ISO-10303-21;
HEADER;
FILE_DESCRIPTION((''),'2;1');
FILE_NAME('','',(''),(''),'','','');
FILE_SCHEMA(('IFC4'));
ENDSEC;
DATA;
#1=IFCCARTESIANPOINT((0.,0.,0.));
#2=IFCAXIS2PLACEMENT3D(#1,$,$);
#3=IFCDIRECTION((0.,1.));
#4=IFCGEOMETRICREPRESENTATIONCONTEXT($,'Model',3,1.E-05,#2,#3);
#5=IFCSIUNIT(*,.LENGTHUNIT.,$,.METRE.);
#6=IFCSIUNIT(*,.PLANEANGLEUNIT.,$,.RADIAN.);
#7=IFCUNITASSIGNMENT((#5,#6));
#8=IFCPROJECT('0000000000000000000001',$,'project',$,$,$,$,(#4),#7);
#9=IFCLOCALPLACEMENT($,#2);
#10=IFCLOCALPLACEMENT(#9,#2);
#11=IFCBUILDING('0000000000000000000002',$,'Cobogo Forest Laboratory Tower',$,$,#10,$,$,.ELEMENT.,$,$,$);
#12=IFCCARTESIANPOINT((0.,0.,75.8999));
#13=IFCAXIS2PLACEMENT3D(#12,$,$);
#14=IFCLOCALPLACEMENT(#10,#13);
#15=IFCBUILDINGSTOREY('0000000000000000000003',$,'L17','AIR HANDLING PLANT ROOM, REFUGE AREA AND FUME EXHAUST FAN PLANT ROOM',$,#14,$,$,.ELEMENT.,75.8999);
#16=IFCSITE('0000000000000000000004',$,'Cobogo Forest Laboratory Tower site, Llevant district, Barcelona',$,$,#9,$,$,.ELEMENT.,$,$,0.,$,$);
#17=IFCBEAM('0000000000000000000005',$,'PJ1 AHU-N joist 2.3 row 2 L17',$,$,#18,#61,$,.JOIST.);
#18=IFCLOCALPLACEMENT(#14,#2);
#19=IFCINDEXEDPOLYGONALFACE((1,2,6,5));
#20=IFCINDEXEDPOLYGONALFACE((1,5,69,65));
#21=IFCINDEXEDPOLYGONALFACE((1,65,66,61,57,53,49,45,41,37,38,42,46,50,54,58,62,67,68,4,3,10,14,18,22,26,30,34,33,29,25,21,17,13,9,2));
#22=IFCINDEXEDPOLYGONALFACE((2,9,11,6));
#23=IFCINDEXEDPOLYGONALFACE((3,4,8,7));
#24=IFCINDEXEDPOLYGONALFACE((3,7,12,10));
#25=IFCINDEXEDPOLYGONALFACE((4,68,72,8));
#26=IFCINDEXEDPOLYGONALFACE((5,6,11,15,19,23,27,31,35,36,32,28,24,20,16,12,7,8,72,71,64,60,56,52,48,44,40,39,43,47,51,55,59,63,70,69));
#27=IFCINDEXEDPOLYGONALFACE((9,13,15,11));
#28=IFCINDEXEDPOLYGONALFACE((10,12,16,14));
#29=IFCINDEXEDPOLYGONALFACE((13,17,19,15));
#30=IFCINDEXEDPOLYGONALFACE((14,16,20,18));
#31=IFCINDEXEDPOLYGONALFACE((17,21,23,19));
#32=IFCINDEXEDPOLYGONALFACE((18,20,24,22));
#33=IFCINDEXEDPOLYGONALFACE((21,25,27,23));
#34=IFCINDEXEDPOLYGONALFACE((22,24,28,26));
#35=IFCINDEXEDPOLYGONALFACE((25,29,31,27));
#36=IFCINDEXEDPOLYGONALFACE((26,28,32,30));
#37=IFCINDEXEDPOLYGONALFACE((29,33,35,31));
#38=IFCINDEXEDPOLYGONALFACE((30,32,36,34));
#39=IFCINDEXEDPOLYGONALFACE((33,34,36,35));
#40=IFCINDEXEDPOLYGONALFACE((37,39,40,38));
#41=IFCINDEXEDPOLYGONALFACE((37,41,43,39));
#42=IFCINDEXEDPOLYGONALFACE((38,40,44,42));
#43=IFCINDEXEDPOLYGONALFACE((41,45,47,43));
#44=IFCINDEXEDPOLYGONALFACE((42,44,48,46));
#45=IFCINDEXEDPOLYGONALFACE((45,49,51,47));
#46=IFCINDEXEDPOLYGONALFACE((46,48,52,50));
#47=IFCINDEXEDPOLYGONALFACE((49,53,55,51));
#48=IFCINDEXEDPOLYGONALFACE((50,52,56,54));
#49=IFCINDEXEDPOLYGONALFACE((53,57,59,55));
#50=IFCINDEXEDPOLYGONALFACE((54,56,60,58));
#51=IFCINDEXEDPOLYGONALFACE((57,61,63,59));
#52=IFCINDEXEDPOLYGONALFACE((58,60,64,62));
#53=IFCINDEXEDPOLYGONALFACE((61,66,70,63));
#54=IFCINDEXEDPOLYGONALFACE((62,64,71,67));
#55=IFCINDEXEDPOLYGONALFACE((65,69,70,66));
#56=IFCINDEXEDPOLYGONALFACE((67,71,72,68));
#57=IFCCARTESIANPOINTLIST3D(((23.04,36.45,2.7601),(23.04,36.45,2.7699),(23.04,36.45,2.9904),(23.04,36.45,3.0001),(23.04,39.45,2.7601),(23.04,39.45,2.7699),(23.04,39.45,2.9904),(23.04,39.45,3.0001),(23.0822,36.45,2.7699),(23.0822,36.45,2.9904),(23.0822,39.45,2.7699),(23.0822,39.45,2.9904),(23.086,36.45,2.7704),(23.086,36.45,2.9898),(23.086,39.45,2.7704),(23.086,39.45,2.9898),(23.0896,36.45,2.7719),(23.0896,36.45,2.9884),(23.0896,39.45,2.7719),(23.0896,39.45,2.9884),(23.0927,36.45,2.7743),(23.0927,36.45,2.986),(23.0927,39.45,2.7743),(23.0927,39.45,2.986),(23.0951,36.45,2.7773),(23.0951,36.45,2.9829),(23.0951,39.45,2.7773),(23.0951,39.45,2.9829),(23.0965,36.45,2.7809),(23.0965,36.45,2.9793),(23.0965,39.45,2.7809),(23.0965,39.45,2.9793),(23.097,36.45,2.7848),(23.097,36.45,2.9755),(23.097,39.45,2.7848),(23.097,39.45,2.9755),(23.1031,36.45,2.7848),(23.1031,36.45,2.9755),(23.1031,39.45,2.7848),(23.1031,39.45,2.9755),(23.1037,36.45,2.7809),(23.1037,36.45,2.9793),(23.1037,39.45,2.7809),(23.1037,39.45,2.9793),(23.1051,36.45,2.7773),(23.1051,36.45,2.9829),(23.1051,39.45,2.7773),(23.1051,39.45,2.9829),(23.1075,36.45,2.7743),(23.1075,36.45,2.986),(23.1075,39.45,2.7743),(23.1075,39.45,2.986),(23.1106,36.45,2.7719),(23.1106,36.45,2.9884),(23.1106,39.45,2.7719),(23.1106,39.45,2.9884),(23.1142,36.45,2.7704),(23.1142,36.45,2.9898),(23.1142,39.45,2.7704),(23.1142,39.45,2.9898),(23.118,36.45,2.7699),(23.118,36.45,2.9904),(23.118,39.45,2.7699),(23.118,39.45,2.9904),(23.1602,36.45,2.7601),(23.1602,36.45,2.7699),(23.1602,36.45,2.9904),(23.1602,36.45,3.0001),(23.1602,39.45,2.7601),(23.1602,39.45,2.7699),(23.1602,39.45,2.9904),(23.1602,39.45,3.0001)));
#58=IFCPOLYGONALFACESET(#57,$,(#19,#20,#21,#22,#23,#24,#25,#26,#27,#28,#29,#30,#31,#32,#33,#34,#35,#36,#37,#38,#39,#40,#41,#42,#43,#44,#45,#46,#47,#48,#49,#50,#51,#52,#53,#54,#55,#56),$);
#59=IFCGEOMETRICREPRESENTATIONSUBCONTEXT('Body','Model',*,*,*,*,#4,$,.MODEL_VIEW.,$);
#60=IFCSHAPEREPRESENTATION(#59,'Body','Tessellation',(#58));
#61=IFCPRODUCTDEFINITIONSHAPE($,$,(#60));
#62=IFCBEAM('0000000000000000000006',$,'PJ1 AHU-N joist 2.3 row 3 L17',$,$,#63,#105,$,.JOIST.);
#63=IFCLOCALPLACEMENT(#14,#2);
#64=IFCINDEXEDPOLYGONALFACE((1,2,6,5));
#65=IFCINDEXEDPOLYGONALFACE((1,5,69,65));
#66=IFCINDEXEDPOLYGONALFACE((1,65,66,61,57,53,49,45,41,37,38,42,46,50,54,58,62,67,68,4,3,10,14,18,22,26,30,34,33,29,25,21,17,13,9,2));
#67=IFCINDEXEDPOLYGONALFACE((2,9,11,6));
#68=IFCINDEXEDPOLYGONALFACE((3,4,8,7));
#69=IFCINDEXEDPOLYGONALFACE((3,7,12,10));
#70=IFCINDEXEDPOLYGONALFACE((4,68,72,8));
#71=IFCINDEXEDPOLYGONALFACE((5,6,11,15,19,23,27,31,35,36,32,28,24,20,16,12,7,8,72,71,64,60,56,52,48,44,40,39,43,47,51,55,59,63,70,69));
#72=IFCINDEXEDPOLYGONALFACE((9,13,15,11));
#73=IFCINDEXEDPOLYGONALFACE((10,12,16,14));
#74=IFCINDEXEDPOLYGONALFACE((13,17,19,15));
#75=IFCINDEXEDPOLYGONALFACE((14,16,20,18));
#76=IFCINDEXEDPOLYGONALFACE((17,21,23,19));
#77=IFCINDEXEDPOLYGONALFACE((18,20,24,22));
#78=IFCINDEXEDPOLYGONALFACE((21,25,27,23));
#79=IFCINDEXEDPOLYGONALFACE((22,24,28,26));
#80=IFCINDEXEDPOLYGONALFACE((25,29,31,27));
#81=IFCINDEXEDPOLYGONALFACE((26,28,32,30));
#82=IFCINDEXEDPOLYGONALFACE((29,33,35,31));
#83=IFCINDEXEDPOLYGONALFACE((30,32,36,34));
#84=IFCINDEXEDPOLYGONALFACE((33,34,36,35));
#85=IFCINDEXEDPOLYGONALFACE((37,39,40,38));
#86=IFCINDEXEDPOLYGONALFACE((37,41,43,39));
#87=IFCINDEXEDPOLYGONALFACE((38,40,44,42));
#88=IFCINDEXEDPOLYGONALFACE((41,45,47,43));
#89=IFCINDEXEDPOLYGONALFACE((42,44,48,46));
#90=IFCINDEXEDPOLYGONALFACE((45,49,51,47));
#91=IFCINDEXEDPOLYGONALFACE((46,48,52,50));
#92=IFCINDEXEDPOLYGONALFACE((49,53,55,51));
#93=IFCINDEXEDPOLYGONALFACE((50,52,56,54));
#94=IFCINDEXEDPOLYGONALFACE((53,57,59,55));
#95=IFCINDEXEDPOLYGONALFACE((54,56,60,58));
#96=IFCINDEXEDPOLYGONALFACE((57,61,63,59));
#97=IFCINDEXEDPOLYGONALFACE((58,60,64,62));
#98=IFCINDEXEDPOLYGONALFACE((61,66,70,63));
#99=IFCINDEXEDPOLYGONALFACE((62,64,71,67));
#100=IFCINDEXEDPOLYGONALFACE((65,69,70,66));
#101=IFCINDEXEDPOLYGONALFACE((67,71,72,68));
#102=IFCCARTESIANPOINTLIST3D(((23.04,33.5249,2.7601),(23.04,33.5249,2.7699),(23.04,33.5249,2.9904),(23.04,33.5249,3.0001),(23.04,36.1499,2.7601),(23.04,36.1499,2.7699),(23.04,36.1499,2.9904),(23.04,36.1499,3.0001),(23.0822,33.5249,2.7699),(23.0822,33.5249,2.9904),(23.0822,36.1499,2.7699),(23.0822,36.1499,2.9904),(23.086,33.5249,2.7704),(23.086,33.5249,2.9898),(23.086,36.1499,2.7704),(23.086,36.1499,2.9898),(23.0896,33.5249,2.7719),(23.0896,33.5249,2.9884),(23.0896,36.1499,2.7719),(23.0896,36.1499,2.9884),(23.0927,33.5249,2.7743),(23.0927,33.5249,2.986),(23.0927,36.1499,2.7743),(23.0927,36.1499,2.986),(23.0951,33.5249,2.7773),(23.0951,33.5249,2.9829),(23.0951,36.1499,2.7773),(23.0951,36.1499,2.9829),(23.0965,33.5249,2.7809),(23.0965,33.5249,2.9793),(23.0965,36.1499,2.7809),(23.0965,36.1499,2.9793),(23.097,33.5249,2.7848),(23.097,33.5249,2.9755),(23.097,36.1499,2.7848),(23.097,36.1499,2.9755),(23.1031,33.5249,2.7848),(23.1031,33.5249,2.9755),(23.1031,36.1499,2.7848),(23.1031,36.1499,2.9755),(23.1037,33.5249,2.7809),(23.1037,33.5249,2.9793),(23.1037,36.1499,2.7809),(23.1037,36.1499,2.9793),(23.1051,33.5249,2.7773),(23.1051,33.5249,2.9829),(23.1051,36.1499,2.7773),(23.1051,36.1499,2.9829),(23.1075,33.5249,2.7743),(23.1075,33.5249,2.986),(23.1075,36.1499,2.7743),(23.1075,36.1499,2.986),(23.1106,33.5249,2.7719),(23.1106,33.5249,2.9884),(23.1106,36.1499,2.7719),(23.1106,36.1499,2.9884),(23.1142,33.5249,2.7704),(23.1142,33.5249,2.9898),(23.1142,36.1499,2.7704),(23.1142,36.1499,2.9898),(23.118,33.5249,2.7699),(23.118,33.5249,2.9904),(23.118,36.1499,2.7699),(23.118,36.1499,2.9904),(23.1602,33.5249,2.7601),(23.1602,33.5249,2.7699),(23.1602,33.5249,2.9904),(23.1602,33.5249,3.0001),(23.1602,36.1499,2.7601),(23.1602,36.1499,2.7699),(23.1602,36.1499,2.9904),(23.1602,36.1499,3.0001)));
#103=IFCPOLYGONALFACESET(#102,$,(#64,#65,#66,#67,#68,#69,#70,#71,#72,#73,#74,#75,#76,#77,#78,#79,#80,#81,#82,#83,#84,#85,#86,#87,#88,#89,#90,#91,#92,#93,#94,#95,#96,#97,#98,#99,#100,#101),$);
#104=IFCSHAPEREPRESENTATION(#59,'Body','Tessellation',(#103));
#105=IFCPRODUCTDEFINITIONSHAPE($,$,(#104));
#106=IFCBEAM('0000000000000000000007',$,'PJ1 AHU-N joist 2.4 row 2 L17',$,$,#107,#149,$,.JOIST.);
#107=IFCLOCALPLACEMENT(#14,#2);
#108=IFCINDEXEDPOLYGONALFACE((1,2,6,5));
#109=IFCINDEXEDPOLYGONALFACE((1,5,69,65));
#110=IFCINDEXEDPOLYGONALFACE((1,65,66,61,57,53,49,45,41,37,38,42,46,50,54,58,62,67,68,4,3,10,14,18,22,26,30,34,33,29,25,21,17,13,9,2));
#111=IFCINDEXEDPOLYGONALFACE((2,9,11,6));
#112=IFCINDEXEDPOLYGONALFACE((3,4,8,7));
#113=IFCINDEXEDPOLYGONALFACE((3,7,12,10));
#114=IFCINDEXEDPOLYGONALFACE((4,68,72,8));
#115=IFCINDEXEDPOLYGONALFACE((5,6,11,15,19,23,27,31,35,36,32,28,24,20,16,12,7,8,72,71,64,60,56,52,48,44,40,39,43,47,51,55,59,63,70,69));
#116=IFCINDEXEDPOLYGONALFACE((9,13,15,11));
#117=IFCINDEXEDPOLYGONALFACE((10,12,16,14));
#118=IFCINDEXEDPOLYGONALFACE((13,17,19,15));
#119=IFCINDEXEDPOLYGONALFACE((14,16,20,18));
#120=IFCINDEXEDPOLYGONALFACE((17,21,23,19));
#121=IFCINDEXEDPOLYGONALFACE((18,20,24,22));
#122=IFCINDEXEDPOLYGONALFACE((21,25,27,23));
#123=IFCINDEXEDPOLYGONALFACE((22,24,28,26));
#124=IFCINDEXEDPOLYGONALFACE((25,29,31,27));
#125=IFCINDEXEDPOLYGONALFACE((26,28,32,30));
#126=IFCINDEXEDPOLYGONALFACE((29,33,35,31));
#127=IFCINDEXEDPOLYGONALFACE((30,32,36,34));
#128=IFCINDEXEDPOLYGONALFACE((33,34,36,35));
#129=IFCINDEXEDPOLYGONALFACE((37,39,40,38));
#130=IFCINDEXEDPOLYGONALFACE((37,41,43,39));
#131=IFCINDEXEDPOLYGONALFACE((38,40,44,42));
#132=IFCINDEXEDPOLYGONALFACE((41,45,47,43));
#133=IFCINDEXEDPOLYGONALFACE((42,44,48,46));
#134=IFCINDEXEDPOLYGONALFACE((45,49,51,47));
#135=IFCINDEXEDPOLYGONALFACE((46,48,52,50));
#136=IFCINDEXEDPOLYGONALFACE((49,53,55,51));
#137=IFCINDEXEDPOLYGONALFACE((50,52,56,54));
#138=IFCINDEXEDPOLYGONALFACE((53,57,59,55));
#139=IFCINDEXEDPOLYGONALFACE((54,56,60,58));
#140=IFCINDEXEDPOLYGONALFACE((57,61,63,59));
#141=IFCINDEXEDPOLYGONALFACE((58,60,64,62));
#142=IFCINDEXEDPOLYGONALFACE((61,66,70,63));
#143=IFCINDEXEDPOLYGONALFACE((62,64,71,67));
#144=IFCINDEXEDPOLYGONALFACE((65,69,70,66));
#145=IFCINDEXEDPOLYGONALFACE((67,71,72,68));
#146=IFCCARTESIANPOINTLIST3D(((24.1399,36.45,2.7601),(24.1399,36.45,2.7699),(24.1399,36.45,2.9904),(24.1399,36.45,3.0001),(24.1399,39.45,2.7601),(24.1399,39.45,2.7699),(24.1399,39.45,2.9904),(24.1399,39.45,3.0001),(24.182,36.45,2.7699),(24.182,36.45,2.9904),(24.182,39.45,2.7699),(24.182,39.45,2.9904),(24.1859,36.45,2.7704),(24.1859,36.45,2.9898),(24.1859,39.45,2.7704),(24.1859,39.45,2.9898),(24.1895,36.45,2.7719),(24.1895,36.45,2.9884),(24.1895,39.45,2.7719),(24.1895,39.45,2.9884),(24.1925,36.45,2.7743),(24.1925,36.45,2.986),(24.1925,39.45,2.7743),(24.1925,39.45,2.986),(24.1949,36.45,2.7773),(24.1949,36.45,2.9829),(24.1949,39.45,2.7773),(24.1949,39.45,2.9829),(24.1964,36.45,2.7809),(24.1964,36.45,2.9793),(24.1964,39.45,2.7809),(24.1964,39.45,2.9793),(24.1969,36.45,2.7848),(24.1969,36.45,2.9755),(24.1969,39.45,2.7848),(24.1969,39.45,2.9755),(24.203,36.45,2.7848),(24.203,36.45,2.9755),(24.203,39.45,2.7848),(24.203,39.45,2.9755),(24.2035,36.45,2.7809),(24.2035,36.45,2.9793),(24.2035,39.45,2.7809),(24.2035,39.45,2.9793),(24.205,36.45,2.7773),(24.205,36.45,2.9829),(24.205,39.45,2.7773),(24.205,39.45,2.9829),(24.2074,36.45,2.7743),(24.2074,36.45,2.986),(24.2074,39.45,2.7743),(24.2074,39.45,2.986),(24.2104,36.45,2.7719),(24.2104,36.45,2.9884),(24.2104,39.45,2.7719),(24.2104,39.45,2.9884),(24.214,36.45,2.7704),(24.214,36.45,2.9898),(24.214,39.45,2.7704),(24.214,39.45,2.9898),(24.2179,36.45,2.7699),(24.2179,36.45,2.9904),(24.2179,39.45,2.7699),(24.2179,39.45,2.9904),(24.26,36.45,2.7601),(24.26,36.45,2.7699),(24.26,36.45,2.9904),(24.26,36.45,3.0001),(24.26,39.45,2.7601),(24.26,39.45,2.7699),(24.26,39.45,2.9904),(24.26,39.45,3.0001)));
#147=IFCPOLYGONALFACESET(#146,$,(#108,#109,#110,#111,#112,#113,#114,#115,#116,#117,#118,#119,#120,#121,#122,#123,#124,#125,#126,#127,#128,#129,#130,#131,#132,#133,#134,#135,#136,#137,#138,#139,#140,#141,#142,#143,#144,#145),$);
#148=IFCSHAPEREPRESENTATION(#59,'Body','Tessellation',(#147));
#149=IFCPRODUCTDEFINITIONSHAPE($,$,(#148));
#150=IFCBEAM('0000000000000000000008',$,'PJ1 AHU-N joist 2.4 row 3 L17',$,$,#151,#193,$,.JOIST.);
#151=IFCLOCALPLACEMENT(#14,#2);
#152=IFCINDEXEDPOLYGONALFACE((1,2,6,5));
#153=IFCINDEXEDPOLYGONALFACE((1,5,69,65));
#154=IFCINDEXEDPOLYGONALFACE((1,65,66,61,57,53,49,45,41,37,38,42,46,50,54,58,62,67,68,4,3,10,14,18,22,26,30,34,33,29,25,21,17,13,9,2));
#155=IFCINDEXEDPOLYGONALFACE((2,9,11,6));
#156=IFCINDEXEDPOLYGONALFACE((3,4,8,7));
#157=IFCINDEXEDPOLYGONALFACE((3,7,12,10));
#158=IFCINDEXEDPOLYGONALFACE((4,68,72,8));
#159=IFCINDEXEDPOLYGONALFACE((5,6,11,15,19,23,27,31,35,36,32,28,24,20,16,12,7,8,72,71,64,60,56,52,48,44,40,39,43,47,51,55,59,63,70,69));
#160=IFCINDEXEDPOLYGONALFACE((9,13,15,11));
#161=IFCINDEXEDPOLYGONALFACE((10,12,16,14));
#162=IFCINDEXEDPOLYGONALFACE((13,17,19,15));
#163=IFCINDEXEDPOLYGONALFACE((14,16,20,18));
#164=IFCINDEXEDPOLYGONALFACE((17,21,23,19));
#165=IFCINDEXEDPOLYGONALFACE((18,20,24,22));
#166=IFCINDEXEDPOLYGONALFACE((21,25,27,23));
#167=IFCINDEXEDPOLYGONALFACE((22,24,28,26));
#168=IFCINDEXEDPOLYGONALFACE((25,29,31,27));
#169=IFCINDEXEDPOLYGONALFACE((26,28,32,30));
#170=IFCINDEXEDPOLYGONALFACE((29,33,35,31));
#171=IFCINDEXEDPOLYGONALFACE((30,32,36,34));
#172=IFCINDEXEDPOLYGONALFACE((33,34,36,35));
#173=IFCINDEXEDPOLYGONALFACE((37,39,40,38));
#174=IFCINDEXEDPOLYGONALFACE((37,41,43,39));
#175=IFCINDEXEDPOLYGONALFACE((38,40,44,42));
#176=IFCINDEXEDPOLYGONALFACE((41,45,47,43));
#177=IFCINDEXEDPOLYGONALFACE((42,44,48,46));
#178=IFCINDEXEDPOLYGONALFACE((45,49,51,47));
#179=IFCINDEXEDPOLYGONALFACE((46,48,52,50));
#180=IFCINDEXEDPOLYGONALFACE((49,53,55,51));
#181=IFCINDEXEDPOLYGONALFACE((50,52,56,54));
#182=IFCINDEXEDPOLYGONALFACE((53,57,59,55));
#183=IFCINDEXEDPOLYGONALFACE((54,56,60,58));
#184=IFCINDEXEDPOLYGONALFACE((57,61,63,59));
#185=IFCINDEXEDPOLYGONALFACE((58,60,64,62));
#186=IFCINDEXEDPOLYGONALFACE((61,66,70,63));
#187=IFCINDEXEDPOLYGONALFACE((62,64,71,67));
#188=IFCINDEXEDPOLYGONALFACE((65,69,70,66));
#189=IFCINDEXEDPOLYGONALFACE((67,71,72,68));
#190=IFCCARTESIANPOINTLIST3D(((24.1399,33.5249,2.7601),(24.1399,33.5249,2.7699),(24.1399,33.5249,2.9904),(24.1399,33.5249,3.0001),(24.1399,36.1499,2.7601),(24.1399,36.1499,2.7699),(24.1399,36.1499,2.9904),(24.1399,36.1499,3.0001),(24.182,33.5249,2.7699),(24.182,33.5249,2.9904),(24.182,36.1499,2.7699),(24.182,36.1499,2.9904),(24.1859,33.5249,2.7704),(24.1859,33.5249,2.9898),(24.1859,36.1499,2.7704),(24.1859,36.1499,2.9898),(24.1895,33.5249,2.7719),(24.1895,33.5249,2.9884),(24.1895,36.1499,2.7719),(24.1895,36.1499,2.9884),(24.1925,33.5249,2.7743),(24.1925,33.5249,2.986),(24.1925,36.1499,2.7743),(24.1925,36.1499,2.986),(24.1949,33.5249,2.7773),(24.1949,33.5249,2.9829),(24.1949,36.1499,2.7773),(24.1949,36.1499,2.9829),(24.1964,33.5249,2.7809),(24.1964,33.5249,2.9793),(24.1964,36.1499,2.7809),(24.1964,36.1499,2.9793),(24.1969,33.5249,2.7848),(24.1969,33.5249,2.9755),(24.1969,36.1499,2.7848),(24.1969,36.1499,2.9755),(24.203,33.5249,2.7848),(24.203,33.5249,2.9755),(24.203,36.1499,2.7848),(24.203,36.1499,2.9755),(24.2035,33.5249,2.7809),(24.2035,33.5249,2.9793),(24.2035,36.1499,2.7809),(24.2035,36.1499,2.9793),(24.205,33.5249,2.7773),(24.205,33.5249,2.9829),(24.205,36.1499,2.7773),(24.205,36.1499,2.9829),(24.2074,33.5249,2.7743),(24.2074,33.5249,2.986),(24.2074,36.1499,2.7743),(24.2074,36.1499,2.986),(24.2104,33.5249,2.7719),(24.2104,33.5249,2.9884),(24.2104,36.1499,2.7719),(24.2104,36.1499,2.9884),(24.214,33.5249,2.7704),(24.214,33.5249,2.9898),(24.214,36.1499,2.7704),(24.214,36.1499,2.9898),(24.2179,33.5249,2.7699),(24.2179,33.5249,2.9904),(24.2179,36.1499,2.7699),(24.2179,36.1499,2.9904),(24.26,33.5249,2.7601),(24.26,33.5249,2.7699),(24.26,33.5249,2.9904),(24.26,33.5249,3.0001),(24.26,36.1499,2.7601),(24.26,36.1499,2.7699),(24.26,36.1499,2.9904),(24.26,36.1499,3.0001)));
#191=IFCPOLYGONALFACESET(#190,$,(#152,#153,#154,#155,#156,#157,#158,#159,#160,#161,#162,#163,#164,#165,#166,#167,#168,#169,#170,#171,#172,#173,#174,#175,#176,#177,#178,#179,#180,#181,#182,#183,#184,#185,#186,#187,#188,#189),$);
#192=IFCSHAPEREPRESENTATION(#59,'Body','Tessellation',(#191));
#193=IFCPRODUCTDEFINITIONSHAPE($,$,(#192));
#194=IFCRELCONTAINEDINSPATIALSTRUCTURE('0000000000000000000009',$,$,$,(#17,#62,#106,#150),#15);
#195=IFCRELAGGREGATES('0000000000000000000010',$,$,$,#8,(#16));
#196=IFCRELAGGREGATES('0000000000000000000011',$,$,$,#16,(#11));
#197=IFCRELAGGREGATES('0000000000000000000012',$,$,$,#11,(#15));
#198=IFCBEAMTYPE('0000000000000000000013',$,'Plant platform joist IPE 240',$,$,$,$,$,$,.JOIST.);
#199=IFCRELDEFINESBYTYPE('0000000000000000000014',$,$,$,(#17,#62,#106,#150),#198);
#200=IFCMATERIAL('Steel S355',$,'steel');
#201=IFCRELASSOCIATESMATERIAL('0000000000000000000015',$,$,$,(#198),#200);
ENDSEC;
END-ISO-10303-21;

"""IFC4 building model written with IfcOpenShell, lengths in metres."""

from ifc_helpers import new_model, si_unit, direction, frame, origin, origin_2d, place, context, subcontext, project, spatial, i_section, extrude, material, material_profile, profile_set, type_object, element, save


model = new_model("IFC4")

# Units and contexts
model_context = context("Model", 3, precision=1e-05, world=origin(), true_north=direction((0.0, 1.0)))
body_context = subcontext(model_context, "Body", "Model", "MODEL_VIEW")
ifc_project = project(units=[si_unit("LENGTHUNIT", "METRE"), si_unit("PLANEANGLEUNIT", "RADIAN")], contexts=[model_context])

# Site, building, storey
site_placement = place(None, origin())
site = spatial("IfcSite", under=ifc_project, at=site_placement, Name="Cobogo Forest Laboratory Tower site, Llevant district, Barcelona", CompositionType="ELEMENT", RefElevation=0.0)
building_placement = place(site_placement, origin())
building = spatial("IfcBuilding", under=site, at=building_placement, Name="Cobogo Forest Laboratory Tower", CompositionType="ELEMENT")
storey_placement = place(building_placement, frame((0.0, 0.0, 75.8999)))
storey = spatial("IfcBuildingStorey", under=building, at=storey_placement, Name="L17", Description="AIR HANDLING PLANT ROOM, REFUGE AREA AND FUME EXHAUST FAN PLANT ROOM", CompositionType="ELEMENT", Elevation=75.8999)

# Beams
ifc_material_1 = material(Name="Steel S355", Category="steel")
ifc_material_profile_1 = material_profile(ifc_material_1, i_section(OverallWidth=0.1201, OverallDepth=0.24, WebThickness=0.0061, FlangeThickness=0.0098, FilletRadius=0.0149, at=origin_2d()), Name="IPE 240")
ifc_profile_set_1 = profile_set([ifc_material_profile_1], Name="Steel S355")
beam_type_1 = type_object("IfcBeamType", Name="Plant platform joist IPE 240", PredefinedType="JOIST", material=ifc_profile_set_1)
beam_1_placement = place(storey_placement, frame((23.1001, 39.45, 2.8801), z_axis=(0.0, -1.0, 0.0), x_axis=(1.0, 0.0, 0.0)))
element("IfcBeam", 1, at=beam_1_placement, inside=storey, type_object=beam_type_1, Name="PJ1 AHU-N joist 2.3 row 2 L17", PredefinedType="JOIST", context=body_context, shape_type="SweptSolid", body=[
    extrude(i_section(OverallWidth=0.1201, OverallDepth=0.24, WebThickness=0.0061, FlangeThickness=0.0098, FilletRadius=0.0149, at=origin_2d()), origin(), (0.0, 0.0, 1.0), 3.0),
])
beam_2_placement = place(storey_placement, frame((23.1001, 36.1499, 2.8801), z_axis=(0.0, -1.0, 0.0), x_axis=(1.0, 0.0, 0.0)))
element("IfcBeam", 2, at=beam_2_placement, inside=storey, type_object=beam_type_1, Name="PJ1 AHU-N joist 2.3 row 3 L17", PredefinedType="JOIST", context=body_context, shape_type="SweptSolid", body=[
    extrude(i_section(OverallWidth=0.1201, OverallDepth=0.24, WebThickness=0.0061, FlangeThickness=0.0098, FilletRadius=0.0149, at=origin_2d()), origin(), (0.0, 0.0, 1.0), 2.625),
])
beam_3_placement = place(storey_placement, frame((24.2, 39.45, 2.8801), z_axis=(0.0, -1.0, 0.0), x_axis=(1.0, 0.0, 0.0)))
element("IfcBeam", 3, at=beam_3_placement, inside=storey, type_object=beam_type_1, Name="PJ1 AHU-N joist 2.4 row 2 L17", PredefinedType="JOIST", context=body_context, shape_type="SweptSolid", body=[
    extrude(i_section(OverallWidth=0.1201, OverallDepth=0.24, WebThickness=0.0061, FlangeThickness=0.0098, FilletRadius=0.0149, at=origin_2d()), origin(), (0.0, 0.0, 1.0), 3.0),
])
beam_4_placement = place(storey_placement, frame((24.2, 36.1499, 2.8801), z_axis=(0.0, -1.0, 0.0), x_axis=(1.0, 0.0, 0.0)))
element("IfcBeam", 4, at=beam_4_placement, inside=storey, type_object=beam_type_1, Name="PJ1 AHU-N joist 2.4 row 3 L17", PredefinedType="JOIST", context=body_context, shape_type="SweptSolid", body=[
    extrude(i_section(OverallWidth=0.1201, OverallDepth=0.24, WebThickness=0.0061, FlangeThickness=0.0098, FilletRadius=0.0149, at=origin_2d()), origin(), (0.0, 0.0, 1.0), 2.625),
])

save(model, "model.ifc")
